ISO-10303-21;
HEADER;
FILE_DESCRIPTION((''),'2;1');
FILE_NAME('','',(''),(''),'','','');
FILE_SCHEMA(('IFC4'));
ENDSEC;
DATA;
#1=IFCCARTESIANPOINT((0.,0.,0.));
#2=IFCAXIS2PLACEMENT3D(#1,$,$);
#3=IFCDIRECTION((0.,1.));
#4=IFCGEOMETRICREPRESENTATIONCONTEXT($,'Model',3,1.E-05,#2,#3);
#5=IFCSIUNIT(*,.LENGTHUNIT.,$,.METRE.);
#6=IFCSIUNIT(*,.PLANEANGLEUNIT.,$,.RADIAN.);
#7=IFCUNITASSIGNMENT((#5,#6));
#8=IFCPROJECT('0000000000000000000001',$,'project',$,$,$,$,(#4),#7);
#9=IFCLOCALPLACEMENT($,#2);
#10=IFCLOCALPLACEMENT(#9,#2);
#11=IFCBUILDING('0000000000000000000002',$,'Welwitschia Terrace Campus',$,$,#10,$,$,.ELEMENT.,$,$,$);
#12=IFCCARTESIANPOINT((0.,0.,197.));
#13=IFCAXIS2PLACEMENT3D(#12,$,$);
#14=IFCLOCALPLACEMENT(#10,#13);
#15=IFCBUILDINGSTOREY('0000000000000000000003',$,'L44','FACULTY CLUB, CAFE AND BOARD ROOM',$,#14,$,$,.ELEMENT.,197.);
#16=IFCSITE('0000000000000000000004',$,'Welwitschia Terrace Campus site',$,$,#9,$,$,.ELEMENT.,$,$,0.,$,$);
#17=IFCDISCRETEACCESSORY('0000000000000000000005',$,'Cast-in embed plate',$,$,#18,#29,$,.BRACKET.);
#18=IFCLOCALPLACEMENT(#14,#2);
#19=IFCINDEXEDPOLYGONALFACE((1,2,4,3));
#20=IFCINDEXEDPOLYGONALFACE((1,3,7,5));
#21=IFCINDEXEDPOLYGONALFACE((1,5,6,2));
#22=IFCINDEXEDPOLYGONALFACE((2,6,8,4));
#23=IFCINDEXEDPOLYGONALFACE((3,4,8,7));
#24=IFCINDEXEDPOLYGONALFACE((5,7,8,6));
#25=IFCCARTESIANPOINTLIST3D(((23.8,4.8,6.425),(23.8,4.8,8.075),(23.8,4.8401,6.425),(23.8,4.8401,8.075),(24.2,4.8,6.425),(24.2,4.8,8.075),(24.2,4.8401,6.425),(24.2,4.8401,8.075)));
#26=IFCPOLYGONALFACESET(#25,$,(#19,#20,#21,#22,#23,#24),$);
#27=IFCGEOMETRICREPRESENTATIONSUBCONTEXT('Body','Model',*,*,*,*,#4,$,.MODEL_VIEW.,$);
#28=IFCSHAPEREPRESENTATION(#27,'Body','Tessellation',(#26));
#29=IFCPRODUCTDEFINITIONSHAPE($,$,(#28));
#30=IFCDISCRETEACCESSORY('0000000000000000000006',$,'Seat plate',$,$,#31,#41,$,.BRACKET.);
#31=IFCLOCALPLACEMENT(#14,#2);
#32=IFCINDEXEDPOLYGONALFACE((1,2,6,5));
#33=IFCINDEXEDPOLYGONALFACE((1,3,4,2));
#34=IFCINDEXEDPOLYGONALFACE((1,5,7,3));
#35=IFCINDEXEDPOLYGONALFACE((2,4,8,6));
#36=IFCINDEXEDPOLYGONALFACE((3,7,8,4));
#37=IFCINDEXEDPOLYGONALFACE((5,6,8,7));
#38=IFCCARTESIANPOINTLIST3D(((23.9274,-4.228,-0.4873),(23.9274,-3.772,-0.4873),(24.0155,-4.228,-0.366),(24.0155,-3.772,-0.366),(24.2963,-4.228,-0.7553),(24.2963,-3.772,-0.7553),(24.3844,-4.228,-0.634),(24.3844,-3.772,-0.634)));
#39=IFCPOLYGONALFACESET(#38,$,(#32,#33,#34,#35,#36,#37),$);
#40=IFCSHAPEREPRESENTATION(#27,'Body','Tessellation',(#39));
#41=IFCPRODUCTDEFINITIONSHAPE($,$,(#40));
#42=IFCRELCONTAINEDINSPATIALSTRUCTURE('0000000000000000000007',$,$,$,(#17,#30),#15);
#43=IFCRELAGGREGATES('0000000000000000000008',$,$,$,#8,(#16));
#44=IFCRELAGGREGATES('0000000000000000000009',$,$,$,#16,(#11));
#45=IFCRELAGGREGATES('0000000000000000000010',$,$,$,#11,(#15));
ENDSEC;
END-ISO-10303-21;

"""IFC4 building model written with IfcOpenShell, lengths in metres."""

from ifc_helpers import new_model, si_unit, direction, frame, origin, origin_2d, place, context, subcontext, project, spatial, rectangle, extrude, element, save


model = new_model("IFC4")

# Units and contexts
model_context = context("Model", 3, precision=1e-05, world=origin(), true_north=direction((0.0, 1.0)))
body_context = subcontext(model_context, "Body", "Model", "MODEL_VIEW")
ifc_project = project(units=[si_unit("LENGTHUNIT", "METRE"), si_unit("PLANEANGLEUNIT", "RADIAN")], contexts=[model_context])

# Site, building, storey
site_placement = place(None, origin())
site = spatial("IfcSite", under=ifc_project, at=site_placement, Name="Welwitschia Terrace Campus site", CompositionType="ELEMENT", RefElevation=0.0)
building_placement = place(site_placement, origin())
building = spatial("IfcBuilding", under=site, at=building_placement, Name="Welwitschia Terrace Campus", CompositionType="ELEMENT")
storey_placement = place(building_placement, frame((0.0, 0.0, 197.0)))
storey = spatial("IfcBuildingStorey", under=building, at=storey_placement, Name="L44", Description="FACULTY CLUB, CAFE AND BOARD ROOM", CompositionType="ELEMENT", Elevation=197.0)

# Discrete accessories
discrete_accessory_1_placement = place(storey_placement, frame((24.0, 4.8, 7.25), z_axis=(0.0, 1.0, 0.0), x_axis=(-1.0, 0.0, 0.0)))
element("IfcDiscreteAccessory", 1, at=discrete_accessory_1_placement, inside=storey, Name="Cast-in embed plate", PredefinedType="BRACKET", context=body_context, shape_type="SweptSolid", body=[
    extrude(rectangle(XDim=0.3999, YDim=1.6499, at=origin_2d()), origin(), (0.0, 0.0, 1.0), 0.04),
])
discrete_accessory_2_placement = place(storey_placement, frame((24.2, -4.0, -0.5), z_axis=(-0.587688, 0.0, -0.809088), x_axis=(0.0, -1.0, 0.0)))
element("IfcDiscreteAccessory", 2, at=discrete_accessory_2_placement, inside=storey, Name="Seat plate", PredefinedType="BRACKET", context=body_context, shape_type="SweptSolid", body=[
    extrude(rectangle(XDim=0.4561, YDim=0.4561, at=origin_2d()), origin(), (0.0, 0.0, 1.0), 0.1499),
])

save(model, "model.ifc")
